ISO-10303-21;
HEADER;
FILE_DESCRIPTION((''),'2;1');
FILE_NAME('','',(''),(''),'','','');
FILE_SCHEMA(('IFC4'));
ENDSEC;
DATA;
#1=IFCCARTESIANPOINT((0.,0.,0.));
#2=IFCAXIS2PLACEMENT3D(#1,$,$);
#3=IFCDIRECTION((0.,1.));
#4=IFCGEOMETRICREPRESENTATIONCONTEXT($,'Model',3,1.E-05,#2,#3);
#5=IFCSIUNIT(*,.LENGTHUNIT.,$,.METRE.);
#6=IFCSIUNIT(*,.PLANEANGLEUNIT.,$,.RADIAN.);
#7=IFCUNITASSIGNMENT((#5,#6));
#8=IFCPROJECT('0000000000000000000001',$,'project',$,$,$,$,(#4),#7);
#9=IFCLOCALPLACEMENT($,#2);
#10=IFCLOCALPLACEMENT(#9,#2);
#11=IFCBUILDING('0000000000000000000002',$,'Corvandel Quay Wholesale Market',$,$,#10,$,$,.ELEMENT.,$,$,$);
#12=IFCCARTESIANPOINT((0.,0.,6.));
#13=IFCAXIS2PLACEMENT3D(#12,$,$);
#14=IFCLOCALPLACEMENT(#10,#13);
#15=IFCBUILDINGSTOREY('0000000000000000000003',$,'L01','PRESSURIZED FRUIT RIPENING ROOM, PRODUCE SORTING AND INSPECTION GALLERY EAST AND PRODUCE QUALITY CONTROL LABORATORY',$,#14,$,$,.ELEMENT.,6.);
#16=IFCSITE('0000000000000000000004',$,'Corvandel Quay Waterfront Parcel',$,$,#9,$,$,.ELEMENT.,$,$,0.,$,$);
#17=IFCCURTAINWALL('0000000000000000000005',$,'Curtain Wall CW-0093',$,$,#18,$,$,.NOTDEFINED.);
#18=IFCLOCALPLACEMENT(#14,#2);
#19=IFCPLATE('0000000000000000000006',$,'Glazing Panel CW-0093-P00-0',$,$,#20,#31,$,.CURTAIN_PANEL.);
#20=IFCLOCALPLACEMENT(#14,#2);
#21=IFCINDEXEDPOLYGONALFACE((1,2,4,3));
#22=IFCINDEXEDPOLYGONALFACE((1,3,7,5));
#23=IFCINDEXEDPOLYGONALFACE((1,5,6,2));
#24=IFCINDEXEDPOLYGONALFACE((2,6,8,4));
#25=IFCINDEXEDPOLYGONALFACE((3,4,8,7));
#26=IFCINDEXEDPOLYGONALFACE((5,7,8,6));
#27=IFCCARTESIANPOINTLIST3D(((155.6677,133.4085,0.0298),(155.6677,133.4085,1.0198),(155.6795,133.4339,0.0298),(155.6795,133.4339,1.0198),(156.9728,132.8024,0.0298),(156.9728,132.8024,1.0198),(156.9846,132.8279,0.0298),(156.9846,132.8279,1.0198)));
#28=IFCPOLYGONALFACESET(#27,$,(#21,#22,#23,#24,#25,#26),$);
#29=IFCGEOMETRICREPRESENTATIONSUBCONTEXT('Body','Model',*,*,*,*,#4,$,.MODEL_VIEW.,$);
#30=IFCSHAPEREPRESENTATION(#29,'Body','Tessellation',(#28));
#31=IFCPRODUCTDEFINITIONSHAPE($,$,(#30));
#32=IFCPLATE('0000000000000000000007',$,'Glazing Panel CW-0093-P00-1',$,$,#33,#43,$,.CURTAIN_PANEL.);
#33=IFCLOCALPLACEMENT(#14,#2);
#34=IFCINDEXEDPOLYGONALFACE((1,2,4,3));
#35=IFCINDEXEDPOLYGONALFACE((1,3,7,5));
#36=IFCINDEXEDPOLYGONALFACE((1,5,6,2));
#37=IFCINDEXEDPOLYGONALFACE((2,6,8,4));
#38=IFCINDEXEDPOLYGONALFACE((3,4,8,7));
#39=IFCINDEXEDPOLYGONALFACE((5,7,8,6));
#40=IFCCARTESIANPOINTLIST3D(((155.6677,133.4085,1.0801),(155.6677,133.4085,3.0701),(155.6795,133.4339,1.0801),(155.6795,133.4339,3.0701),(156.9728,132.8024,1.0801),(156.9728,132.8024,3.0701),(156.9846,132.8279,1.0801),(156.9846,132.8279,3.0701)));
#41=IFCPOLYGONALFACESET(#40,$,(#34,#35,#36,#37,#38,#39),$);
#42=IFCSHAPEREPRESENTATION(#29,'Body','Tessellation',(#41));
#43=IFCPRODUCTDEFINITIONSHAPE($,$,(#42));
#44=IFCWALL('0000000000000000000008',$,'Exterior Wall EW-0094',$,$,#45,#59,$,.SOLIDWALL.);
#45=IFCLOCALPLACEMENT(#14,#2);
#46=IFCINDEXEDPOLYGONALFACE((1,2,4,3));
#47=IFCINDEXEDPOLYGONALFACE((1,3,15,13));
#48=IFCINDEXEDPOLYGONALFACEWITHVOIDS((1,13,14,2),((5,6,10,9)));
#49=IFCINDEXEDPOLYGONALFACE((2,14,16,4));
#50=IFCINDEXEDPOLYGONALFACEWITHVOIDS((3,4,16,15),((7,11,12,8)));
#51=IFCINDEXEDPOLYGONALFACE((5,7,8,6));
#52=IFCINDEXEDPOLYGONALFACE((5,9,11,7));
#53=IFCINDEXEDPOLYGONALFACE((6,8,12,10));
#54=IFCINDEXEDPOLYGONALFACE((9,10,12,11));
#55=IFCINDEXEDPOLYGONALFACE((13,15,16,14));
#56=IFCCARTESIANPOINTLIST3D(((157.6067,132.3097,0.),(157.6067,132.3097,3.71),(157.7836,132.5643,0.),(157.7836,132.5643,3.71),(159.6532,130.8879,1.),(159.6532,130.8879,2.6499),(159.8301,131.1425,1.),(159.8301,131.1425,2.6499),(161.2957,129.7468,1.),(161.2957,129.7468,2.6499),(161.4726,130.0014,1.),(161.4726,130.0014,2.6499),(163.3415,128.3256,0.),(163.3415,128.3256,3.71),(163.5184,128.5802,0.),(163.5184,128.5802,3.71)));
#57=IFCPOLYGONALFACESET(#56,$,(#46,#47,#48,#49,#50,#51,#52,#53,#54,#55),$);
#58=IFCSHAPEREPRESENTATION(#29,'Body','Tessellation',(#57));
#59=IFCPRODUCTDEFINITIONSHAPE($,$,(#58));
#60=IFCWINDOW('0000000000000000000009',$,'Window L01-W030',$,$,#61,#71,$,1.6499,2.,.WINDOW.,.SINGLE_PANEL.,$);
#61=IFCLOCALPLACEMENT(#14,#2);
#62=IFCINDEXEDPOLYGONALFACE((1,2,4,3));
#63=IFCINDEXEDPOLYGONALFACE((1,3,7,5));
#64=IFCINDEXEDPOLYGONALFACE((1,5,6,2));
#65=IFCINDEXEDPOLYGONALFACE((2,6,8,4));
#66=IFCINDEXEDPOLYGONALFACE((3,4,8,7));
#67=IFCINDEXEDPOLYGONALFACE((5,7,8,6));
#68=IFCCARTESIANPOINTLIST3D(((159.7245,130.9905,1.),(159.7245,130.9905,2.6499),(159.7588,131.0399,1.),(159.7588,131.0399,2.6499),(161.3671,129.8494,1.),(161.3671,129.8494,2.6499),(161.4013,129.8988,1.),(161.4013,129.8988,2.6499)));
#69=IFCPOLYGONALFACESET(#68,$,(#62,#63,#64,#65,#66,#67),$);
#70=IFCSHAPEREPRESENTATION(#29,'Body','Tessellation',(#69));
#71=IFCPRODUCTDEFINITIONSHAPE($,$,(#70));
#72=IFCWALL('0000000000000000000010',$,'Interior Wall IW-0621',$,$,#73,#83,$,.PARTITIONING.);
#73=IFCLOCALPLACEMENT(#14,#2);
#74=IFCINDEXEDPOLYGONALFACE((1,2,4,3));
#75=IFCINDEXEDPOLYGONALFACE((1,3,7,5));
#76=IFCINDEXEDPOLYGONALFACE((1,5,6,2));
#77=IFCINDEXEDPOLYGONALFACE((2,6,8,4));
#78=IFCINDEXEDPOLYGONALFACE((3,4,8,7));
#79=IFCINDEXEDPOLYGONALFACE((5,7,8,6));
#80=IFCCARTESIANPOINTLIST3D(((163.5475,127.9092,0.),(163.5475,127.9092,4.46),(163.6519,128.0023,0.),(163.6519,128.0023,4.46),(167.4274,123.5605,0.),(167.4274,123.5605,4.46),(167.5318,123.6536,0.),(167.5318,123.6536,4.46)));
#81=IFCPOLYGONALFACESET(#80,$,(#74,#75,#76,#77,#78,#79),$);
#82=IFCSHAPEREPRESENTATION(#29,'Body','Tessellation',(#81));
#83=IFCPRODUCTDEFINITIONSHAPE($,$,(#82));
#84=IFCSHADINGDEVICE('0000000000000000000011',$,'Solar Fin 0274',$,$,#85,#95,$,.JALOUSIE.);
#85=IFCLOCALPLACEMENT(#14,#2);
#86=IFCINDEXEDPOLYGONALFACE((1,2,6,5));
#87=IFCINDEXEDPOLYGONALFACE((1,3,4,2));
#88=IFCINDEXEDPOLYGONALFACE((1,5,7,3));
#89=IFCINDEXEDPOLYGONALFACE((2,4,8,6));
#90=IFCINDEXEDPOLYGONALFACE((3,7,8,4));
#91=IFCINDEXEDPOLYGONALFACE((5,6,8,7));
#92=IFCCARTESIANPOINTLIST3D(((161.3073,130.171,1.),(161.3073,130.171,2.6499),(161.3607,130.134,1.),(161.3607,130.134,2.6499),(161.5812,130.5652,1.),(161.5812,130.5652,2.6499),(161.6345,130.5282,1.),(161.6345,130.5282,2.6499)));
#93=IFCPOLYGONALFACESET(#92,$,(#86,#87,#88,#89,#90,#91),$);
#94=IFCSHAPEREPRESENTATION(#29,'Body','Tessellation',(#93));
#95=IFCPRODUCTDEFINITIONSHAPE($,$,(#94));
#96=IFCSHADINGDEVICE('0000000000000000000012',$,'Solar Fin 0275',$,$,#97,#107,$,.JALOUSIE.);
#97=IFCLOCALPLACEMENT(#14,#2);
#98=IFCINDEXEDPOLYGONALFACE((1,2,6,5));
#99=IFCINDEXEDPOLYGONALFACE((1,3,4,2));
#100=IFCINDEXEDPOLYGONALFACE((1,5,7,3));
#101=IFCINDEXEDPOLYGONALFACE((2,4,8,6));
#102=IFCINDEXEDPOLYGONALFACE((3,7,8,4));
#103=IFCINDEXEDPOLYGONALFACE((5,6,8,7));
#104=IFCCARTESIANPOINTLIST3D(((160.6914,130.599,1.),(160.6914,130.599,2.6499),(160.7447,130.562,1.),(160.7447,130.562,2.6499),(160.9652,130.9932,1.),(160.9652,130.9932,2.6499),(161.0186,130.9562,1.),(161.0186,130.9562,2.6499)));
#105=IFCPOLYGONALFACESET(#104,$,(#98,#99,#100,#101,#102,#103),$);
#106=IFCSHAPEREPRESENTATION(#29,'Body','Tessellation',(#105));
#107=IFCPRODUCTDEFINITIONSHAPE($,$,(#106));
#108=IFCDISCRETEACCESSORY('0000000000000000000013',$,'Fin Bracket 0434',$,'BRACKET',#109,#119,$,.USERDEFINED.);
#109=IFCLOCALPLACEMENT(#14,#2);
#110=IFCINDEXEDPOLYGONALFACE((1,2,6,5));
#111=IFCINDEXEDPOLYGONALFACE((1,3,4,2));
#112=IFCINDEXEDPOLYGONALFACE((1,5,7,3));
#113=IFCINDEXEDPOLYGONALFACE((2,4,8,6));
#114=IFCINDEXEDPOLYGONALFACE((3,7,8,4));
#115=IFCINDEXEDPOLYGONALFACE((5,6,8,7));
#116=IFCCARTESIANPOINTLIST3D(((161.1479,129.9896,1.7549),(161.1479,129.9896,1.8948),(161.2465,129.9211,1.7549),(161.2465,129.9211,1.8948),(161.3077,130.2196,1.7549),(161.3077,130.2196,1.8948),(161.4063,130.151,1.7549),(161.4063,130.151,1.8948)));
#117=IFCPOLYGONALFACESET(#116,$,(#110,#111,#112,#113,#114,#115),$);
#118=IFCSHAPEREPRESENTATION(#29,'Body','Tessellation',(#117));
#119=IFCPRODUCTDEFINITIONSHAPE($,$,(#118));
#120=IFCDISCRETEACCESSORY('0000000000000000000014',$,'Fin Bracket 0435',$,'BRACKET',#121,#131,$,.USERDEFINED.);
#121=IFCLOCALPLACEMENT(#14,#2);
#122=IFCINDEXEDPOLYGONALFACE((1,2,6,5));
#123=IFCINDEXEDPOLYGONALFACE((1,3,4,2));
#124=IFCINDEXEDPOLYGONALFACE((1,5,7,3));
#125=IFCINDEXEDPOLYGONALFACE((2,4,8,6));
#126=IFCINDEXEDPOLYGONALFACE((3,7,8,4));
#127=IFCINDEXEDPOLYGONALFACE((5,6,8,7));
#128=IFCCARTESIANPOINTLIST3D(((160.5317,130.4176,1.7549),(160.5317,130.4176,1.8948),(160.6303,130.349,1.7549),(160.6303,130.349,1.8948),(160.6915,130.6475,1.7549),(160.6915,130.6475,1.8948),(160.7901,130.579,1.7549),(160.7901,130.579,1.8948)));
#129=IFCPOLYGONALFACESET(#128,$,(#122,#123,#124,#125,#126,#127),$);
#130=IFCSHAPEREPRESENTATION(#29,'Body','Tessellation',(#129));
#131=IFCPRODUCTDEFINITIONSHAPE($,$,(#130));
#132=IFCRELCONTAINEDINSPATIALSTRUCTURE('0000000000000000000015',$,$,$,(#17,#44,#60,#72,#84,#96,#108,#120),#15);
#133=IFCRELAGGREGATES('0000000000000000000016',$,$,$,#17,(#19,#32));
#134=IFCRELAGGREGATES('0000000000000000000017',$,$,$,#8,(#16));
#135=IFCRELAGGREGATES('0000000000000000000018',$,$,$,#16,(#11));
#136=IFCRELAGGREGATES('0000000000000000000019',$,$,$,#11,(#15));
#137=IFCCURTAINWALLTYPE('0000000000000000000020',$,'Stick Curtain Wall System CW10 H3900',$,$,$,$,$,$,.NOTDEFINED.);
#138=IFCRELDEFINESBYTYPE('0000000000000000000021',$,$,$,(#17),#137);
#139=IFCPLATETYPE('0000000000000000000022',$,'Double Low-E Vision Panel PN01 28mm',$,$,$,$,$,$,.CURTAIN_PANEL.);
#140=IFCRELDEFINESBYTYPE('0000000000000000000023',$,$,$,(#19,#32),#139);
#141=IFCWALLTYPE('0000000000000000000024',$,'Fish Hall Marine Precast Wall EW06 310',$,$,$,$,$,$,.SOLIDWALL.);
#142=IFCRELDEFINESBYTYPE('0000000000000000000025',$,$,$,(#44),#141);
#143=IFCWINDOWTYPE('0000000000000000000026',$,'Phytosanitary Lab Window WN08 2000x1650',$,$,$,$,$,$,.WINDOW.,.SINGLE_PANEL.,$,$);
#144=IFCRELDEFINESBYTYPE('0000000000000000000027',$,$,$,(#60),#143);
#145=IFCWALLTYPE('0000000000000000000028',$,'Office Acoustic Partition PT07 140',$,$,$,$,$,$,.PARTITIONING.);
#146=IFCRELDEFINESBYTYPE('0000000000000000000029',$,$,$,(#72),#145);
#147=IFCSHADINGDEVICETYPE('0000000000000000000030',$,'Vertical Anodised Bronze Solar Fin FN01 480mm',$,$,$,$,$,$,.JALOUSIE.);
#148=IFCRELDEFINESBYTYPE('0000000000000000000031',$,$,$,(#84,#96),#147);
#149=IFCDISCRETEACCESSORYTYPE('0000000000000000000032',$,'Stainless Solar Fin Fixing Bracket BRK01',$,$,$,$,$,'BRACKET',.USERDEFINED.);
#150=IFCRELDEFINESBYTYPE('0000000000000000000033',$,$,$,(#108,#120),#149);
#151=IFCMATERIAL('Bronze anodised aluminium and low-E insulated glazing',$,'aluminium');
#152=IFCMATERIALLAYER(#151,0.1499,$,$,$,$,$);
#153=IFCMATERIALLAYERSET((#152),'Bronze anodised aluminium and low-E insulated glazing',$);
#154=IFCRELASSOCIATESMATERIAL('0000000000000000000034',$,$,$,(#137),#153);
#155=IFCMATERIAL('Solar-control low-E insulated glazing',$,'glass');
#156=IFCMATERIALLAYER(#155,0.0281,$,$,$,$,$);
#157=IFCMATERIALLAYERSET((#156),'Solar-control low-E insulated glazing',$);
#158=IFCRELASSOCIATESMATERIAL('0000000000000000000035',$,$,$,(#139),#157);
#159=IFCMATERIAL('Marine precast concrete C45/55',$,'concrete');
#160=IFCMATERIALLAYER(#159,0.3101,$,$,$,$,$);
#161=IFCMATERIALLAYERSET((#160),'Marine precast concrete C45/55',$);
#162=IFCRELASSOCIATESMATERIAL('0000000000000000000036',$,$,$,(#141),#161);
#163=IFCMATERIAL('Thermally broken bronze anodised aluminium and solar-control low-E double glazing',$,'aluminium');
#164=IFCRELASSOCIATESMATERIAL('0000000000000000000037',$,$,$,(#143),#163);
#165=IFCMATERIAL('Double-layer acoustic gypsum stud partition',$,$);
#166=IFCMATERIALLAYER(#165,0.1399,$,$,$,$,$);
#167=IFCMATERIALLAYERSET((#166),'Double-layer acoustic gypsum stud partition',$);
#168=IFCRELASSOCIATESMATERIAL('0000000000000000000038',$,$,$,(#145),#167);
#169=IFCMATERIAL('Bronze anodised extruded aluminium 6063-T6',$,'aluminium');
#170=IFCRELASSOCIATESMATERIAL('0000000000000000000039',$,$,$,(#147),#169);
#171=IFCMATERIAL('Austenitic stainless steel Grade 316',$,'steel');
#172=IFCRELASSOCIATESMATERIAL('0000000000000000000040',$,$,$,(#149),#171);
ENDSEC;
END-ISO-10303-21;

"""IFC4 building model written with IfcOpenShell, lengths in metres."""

from ifc_helpers import new_model, si_unit, direction, frame, frame_2d, origin, origin_2d, place, context, subcontext, project, spatial, rectangle, extrude, material, layer, layer_set, type_object, element, fill, aggregate, save


model = new_model("IFC4")

# Units and contexts
model_context = context("Model", 3, precision=1e-05, world=origin(), true_north=direction((0.0, 1.0)))
body_context = subcontext(model_context, "Body", "Model", "MODEL_VIEW")
ifc_project = project(units=[si_unit("LENGTHUNIT", "METRE"), si_unit("PLANEANGLEUNIT", "RADIAN")], contexts=[model_context])

# Site, building, storey
site_placement = place(None, origin())
site = spatial("IfcSite", under=ifc_project, at=site_placement, Name="Corvandel Quay Waterfront Parcel", CompositionType="ELEMENT", RefElevation=0.0)
building_placement = place(site_placement, origin())
building = spatial("IfcBuilding", under=site, at=building_placement, Name="Corvandel Quay Wholesale Market", CompositionType="ELEMENT")
storey_placement = place(building_placement, frame((0.0, 0.0, 6.0)))
storey = spatial("IfcBuildingStorey", under=building, at=storey_placement, Name="L01", Description="PRESSURIZED FRUIT RIPENING ROOM, PRODUCE SORTING AND INSPECTION GALLERY EAST AND PRODUCE QUALITY CONTROL LABORATORY", CompositionType="ELEMENT", Elevation=6.0)

# Shared definitions
ifc_material_1 = material(Name="Bronze anodised aluminium and low-E insulated glazing", Category="aluminium")

# Curtain wall
ifc_layer_1 = layer(ifc_material_1, 0.1499)
ifc_layer_set_1 = layer_set([ifc_layer_1], Name="Bronze anodised aluminium and low-E insulated glazing")
curtain_wall_type_1 = type_object("IfcCurtainWallType", Name="Stick Curtain Wall System CW10 H3900", PredefinedType="NOTDEFINED", material=ifc_layer_set_1)
curtain_wall_1_placement = place(storey_placement, origin())
curtain_wall_1 = element("IfcCurtainWall", 1, at=curtain_wall_1_placement, inside=storey, type_object=curtain_wall_type_1, Name="Curtain Wall CW-0093", PredefinedType="NOTDEFINED")

# Plates
ifc_material_2 = material(Name="Solar-control low-E insulated glazing", Category="glass")
ifc_layer_2 = layer(ifc_material_2, 0.0281)
ifc_layer_set_2 = layer_set([ifc_layer_2], Name="Solar-control low-E insulated glazing")
plate_type = type_object("IfcPlateType", Name="Double Low-E Vision Panel PN01 28mm", PredefinedType="CURTAIN_PANEL", material=ifc_layer_set_2)
plate_1_placement = place(storey_placement, frame((156.3262, 133.1182, 0.0298), z_axis=(0.0, 0.0, 1.0), x_axis=(-0.906971, 0.421194, 0.0)))
plate_1 = element("IfcPlate", 2, at=plate_1_placement, type_object=plate_type, Name="Glazing Panel CW-0093-P00-0", PredefinedType="CURTAIN_PANEL", context=body_context, shape_type="SweptSolid", body=[
    extrude(rectangle(XDim=1.439, YDim=0.0281, at=origin_2d()), origin(), (0.0, 0.0, 1.0), 0.99),
])
plate_2_placement = place(storey_placement, frame((156.3262, 133.1182, 1.0801), z_axis=(0.0, 0.0, 1.0), x_axis=(-0.906971, 0.421194, 0.0)))
plate_2 = element("IfcPlate", 3, at=plate_2_placement, type_object=plate_type, Name="Glazing Panel CW-0093-P00-1", PredefinedType="CURTAIN_PANEL", context=body_context, shape_type="SweptSolid", body=[
    extrude(rectangle(XDim=1.439, YDim=0.0281, at=origin_2d()), origin(), (0.0, 0.0, 1.0), 1.99),
])
aggregate(curtain_wall_1, [plate_1, plate_2])

# Wall, opening, window
ifc_material_3 = material(Name="Marine precast concrete C45/55", Category="concrete")
ifc_layer_3 = layer(ifc_material_3, 0.3101)
ifc_layer_set_3 = layer_set([ifc_layer_3], Name="Marine precast concrete C45/55")
wall_type_1 = type_object("IfcWallType", Name="Fish Hall Marine Precast Wall EW06 310", PredefinedType="SOLIDWALL", material=ifc_layer_set_3)
wall_1_placement = place(storey_placement, frame((163.4299, 128.4529, 0.0), z_axis=(0.0, 0.0, 1.0), x_axis=(-0.821263, 0.570549, 0.0)))
wall_1 = element("IfcWall", 4, at=wall_1_placement, inside=storey, type_object=wall_type_1, Name="Exterior Wall EW-0094", PredefinedType="SOLIDWALL", context=body_context, shape_type="SweptSolid", body=[
    extrude(rectangle(XDim=6.9829, YDim=0.3101, at=frame_2d((3.4915, 0.0))), origin(), (0.0, 0.0, 1.0), 3.71),
])
opening_placement = place(wall_1_placement, frame((2.491, 0.0, 1.0)))
opening = element("IfcOpeningElement", 5, at=opening_placement, cuts=wall_1, PredefinedType="OPENING", context=body_context, shape_type="SweptSolid", body=[
    extrude(rectangle(XDim=2.0, YDim=1.6499, at=frame_2d((1.0, 0.825))), frame((0.0, 0.165, 0.0), z_axis=(0.0, -1.0, 0.0), x_axis=(1.0, 0.0, 0.0)), (0.0, 0.0, 1.0), 0.3301),
])
ifc_material_4 = material(Name="Thermally broken bronze anodised aluminium and solar-control low-E double glazing", Category="aluminium")
window_type = type_object("IfcWindowType", Name="Phytosanitary Lab Window WN08 2000x1650", PartitioningType="SINGLE_PANEL", PredefinedType="WINDOW", material=ifc_material_4)
window_placement = place(opening_placement, origin())
window = element("IfcWindow", 6, at=window_placement, inside=storey, type_object=window_type, Name="Window L01-W030", OverallHeight=1.6499, OverallWidth=2.0, PartitioningType="SINGLE_PANEL", PredefinedType="WINDOW", context=body_context, shape_type="SweptSolid", body=[
    extrude(rectangle(XDim=2.0, YDim=1.6499, at=frame_2d((1.0, 0.825))), frame((0.0, 0.03, 0.0), z_axis=(0.0, -1.0, 0.0), x_axis=(1.0, 0.0, 0.0)), (0.0, 0.0, 1.0), 0.0601),
])
fill(opening, window)

# Wall
ifc_material_5 = material(Name="Double-layer acoustic gypsum stud partition")
ifc_layer_4 = layer(ifc_material_5, 0.1399)
ifc_layer_set_4 = layer_set([ifc_layer_4], Name="Double-layer acoustic gypsum stud partition")
wall_type_2 = type_object("IfcWallType", Name="Office Acoustic Partition PT07 140", PredefinedType="PARTITIONING", material=ifc_layer_set_4)
wall_2_placement = place(storey_placement, frame((163.5996, 127.9558, 0.0), z_axis=(0.0, 0.0, 1.0), x_axis=(0.665746, -0.746178, 0.0)))
element("IfcWall", 7, at=wall_2_placement, inside=storey, type_object=wall_type_2, Name="Interior Wall IW-0621", PredefinedType="PARTITIONING", context=body_context, shape_type="SweptSolid", body=[
    extrude(rectangle(XDim=5.8279, YDim=0.1399, at=frame_2d((2.9141, 0.0))), origin(), (0.0, 0.0, 1.0), 4.46),
])

# Shading devices
ifc_material_6 = material(Name="Bronze anodised extruded aluminium 6063-T6", Category="aluminium")
shading_device_type = type_object("IfcShadingDeviceType", Name="Vertical Anodised Bronze Solar Fin FN01 480mm", PredefinedType="JALOUSIE", material=ifc_material_6)
for number, where, z_axis, x_axis, name in (
    (8, (161.4709, 130.3496, 1.0), (0.0, 0.0, 1.0), (0.57057, 0.821249, 0.0), "Solar Fin 0274"),
    (9, (160.855, 130.7776, 1.0), (0.0, 0.0, 1.0), (0.57057, 0.821249, 0.0), "Solar Fin 0275"),
):
    element("IfcShadingDevice", number, at=place(storey_placement, frame(where, z_axis=z_axis, x_axis=x_axis)), inside=storey, type_object=shading_device_type, Name=name, PredefinedType="JALOUSIE", context=body_context, shape_type="SweptSolid", body=[
        extrude(rectangle(XDim=0.48, YDim=0.0649, at=origin_2d()), origin(), (0.0, 0.0, 1.0), 1.6499),
    ])

# Discrete accessories
ifc_material_7 = material(Name="Austenitic stainless steel Grade 316", Category="steel")
discrete_accessory_type = type_object("IfcDiscreteAccessoryType", Name="Stainless Solar Fin Fixing Bracket BRK01", ElementType="BRACKET", PredefinedType="USERDEFINED", material=ifc_material_7)
for number, where, z_axis, x_axis, name in (
    (10, (161.2771, 130.0703, 1.7549), (0.0, 0.0, 1.0), (0.57057, 0.821249, 0.0), "Fin Bracket 0434"),
    (11, (160.6609, 130.4983, 1.7549), (0.0, 0.0, 1.0), (0.57057, 0.821249, 0.0), "Fin Bracket 0435"),
):
    element("IfcDiscreteAccessory", number, at=place(storey_placement, frame(where, z_axis=z_axis, x_axis=x_axis)), inside=storey, type_object=discrete_accessory_type, Name=name, ObjectType="BRACKET", PredefinedType="USERDEFINED", context=body_context, shape_type="SweptSolid", body=[
        extrude(rectangle(XDim=0.28, YDim=0.1201, at=origin_2d()), origin(), (0.0, 0.0, 1.0), 0.1399),
    ])

save(model, "model.ifc")
